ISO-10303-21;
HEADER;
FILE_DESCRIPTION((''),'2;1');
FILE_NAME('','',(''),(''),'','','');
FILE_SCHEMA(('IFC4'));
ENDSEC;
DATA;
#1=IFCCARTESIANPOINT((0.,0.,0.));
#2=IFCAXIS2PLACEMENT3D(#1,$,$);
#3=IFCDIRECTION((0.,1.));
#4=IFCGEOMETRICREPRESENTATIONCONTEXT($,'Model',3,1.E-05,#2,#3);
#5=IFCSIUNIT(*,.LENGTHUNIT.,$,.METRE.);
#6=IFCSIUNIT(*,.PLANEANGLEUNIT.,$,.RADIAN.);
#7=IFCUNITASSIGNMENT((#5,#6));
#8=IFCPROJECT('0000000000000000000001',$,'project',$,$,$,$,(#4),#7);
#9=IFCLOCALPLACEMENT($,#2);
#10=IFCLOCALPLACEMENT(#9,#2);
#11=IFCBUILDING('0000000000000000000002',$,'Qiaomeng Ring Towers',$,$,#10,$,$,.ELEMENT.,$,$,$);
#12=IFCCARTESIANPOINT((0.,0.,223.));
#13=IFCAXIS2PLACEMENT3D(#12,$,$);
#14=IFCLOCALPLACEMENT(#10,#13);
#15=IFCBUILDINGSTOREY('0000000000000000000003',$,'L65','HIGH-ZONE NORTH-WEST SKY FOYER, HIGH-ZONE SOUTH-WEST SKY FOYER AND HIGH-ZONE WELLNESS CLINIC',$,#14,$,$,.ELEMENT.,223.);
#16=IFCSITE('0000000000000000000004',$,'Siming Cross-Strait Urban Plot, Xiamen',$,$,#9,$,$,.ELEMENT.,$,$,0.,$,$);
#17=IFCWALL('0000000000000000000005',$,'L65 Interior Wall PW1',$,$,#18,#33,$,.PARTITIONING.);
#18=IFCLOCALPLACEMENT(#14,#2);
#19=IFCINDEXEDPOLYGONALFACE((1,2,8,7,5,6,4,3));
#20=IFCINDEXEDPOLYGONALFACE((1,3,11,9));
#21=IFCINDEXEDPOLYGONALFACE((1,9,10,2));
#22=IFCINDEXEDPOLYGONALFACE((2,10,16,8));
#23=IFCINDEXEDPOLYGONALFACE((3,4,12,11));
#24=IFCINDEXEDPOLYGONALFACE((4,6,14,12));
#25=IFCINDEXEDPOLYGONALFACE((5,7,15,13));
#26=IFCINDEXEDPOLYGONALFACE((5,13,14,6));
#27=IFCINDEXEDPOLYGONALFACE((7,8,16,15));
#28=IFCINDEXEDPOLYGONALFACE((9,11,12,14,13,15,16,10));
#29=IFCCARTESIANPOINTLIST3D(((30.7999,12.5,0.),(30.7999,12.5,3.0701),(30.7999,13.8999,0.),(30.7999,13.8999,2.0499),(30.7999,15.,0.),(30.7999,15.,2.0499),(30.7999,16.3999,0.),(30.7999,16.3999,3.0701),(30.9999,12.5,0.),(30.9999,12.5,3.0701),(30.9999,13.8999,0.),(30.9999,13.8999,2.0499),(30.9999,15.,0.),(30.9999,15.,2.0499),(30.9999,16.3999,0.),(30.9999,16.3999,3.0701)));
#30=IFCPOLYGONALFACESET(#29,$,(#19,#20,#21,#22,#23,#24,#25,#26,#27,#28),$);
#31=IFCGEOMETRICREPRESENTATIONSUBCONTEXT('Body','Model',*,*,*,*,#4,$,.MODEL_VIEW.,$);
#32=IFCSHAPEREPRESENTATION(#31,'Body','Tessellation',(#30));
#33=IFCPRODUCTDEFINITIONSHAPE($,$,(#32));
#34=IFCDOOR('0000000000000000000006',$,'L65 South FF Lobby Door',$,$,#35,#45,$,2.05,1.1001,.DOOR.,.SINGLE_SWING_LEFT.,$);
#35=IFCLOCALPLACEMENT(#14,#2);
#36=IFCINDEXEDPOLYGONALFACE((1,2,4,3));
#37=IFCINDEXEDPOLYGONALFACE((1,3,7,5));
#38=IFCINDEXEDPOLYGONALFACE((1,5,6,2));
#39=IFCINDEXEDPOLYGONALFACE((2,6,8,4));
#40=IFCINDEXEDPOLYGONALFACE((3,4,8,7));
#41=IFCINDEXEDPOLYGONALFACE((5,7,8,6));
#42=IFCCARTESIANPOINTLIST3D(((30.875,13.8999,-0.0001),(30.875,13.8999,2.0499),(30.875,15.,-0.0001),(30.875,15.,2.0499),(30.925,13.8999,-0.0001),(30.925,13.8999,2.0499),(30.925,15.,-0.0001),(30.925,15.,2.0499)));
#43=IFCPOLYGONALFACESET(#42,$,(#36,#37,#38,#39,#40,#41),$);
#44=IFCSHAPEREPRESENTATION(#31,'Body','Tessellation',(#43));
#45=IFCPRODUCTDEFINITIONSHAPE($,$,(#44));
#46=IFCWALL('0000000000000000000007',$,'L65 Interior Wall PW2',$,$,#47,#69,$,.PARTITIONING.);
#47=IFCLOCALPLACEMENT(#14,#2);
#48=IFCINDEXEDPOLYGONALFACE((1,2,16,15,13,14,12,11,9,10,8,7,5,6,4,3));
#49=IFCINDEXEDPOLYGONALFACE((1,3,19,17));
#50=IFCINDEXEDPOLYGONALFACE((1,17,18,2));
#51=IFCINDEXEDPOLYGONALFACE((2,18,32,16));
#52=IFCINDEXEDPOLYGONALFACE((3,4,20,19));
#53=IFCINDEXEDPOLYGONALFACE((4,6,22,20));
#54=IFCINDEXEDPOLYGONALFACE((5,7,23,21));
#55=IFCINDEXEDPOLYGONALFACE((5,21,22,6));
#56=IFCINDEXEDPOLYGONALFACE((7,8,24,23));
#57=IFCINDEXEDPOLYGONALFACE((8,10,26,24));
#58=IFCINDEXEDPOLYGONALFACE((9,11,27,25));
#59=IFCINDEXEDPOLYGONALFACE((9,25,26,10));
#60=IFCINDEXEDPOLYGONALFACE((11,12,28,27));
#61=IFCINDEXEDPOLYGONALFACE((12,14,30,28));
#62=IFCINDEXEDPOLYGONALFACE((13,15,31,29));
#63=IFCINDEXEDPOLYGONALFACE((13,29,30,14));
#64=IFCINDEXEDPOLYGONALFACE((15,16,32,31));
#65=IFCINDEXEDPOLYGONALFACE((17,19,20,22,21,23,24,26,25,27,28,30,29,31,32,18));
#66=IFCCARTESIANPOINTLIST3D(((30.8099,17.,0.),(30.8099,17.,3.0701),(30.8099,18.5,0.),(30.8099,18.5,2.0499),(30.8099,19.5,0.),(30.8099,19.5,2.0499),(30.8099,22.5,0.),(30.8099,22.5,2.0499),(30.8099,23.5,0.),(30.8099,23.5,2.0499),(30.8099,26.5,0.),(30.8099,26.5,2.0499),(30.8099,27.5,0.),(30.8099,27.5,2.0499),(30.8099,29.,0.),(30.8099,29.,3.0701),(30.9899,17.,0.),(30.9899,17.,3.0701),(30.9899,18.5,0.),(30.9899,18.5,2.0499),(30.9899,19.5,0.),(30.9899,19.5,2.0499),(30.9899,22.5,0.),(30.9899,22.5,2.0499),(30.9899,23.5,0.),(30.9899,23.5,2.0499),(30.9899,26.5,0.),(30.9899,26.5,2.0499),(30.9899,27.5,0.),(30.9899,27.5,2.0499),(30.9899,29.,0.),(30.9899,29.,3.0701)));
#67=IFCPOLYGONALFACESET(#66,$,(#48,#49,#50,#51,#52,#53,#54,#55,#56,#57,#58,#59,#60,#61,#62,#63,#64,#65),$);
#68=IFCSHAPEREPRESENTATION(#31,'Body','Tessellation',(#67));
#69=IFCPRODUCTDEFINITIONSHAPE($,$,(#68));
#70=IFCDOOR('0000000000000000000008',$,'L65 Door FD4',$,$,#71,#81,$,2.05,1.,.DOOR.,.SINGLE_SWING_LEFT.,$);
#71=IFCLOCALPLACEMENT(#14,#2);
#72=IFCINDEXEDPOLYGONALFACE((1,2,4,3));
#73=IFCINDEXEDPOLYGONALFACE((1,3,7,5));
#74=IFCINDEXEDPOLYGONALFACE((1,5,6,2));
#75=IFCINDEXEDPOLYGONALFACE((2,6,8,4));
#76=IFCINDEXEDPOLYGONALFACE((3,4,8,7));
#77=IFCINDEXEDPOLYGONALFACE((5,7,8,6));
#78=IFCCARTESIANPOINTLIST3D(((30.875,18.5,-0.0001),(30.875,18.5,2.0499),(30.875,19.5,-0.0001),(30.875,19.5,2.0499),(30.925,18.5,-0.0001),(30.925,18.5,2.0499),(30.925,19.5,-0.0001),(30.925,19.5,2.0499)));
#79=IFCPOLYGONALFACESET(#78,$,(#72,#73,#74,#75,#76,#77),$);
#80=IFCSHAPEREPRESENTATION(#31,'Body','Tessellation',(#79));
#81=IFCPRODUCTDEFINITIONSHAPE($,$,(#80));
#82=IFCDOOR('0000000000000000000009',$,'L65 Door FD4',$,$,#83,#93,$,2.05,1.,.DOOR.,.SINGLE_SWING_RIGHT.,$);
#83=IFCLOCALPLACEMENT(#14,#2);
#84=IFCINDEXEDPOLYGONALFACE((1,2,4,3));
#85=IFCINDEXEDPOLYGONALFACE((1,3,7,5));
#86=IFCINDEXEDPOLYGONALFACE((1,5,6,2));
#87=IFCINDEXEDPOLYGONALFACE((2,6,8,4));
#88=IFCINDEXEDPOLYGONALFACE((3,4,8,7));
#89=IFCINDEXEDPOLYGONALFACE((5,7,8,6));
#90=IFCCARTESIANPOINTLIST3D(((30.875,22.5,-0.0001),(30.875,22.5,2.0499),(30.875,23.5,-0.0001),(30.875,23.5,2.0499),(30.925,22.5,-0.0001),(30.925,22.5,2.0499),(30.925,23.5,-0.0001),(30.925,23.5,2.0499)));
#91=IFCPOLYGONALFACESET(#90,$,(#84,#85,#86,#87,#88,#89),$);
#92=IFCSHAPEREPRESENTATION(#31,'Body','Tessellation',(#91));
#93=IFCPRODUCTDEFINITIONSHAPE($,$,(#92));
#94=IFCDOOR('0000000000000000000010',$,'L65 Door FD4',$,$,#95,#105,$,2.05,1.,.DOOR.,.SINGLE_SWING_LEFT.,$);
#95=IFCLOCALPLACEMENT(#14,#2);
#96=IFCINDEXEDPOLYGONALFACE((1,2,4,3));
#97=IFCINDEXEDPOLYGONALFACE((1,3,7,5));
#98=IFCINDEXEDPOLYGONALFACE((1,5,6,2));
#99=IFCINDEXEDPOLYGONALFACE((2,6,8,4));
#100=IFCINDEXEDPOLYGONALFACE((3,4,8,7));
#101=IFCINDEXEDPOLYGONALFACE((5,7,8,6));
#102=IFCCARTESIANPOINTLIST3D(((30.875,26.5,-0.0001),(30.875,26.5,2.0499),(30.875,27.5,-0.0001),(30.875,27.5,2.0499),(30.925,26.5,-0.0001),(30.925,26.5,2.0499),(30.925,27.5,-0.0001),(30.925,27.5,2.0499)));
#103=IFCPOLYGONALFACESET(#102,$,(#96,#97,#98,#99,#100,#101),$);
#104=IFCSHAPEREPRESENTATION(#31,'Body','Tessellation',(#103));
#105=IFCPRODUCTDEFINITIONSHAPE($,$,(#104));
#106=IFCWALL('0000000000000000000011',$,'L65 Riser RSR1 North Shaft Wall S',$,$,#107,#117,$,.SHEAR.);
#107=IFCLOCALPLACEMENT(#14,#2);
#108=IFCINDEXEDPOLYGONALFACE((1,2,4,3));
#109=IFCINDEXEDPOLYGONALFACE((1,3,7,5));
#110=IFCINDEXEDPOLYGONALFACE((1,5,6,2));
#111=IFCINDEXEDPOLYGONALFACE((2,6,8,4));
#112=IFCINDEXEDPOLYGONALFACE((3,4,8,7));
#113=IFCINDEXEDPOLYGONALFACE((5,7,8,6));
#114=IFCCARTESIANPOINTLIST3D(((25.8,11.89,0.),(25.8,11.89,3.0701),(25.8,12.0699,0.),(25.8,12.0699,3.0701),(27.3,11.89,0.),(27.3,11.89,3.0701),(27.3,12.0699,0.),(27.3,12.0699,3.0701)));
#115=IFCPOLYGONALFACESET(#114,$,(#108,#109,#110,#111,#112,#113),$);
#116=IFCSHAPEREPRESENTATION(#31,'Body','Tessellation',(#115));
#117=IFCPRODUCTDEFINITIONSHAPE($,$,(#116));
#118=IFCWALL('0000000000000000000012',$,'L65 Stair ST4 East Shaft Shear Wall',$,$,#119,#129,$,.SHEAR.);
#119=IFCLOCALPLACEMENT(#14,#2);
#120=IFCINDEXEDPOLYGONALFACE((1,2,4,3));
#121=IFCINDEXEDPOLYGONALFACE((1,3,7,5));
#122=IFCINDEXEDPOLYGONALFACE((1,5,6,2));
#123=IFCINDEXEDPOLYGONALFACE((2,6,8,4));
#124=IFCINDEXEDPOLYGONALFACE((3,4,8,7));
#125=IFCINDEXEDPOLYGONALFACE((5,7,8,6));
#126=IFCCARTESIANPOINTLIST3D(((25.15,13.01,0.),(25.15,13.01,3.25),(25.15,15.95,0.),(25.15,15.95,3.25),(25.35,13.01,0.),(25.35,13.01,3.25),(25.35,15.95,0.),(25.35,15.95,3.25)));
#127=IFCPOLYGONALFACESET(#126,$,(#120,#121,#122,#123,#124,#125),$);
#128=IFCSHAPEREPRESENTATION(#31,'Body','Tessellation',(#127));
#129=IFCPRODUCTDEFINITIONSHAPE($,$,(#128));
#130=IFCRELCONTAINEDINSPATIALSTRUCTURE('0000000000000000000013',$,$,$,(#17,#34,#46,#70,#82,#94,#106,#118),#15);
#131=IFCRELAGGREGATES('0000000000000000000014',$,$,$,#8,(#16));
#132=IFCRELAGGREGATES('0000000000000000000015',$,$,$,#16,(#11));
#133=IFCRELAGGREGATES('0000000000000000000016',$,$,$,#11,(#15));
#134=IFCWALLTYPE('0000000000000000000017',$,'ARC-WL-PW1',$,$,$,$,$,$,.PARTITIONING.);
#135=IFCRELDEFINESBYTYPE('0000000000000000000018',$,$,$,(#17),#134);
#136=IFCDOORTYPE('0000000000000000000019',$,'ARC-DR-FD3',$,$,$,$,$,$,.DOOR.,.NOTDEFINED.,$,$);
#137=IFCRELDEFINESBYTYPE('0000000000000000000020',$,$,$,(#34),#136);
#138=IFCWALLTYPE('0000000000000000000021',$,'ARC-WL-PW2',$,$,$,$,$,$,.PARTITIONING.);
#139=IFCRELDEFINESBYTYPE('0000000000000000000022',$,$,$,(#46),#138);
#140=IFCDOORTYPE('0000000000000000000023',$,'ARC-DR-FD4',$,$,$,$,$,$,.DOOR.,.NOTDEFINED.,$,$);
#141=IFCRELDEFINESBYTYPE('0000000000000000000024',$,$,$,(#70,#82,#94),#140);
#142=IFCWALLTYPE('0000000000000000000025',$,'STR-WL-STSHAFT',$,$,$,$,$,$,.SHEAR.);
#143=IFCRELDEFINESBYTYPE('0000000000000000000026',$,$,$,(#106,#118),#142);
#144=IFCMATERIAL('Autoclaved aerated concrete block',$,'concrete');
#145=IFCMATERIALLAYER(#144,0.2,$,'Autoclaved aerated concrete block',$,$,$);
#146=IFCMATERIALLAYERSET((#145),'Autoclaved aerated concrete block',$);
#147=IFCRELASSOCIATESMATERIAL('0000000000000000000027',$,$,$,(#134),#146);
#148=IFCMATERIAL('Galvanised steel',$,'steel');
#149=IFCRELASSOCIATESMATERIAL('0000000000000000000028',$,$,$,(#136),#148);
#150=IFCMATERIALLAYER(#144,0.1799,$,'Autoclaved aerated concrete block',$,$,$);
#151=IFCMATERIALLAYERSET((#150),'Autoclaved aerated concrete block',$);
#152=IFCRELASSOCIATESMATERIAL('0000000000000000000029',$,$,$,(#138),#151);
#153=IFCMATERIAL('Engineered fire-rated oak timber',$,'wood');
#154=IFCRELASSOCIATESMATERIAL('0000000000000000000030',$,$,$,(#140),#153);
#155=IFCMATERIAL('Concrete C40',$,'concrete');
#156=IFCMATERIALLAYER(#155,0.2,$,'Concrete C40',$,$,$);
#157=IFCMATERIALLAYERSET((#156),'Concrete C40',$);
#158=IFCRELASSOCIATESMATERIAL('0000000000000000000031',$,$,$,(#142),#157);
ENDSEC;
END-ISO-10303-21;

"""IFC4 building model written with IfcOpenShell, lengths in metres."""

from ifc_helpers import new_model, si_unit, direction, frame, frame_2d, origin, place, context, subcontext, project, spatial, rectangle, extrude, source, transform, mapped, material, layer, layer_set, type_object, element, fill, save


model = new_model("IFC4")

# Units and contexts
model_context = context("Model", 3, precision=1e-05, world=origin(), true_north=direction((0.0, 1.0)))
body_context = subcontext(model_context, "Body", "Model", "MODEL_VIEW")
ifc_project = project(units=[si_unit("LENGTHUNIT", "METRE"), si_unit("PLANEANGLEUNIT", "RADIAN")], contexts=[model_context])

# Site, building, storey
site_placement = place(None, origin())
site = spatial("IfcSite", under=ifc_project, at=site_placement, Name="Siming Cross-Strait Urban Plot, Xiamen", CompositionType="ELEMENT", RefElevation=0.0)
building_placement = place(site_placement, origin())
building = spatial("IfcBuilding", under=site, at=building_placement, Name="Qiaomeng Ring Towers", CompositionType="ELEMENT")
storey_placement = place(building_placement, frame((0.0, 0.0, 223.0)))
storey = spatial("IfcBuildingStorey", under=building, at=storey_placement, Name="L65", Description="HIGH-ZONE NORTH-WEST SKY FOYER, HIGH-ZONE SOUTH-WEST SKY FOYER AND HIGH-ZONE WELLNESS CLINIC", CompositionType="ELEMENT", Elevation=223.0)

# Shared definitions
ifc_material_1 = material(Name="Concrete C40", Category="concrete")

# Shared definitions
ifc_material_2 = material(Name="Autoclaved aerated concrete block", Category="concrete")
ifc_layer_1 = layer(ifc_material_2, 0.2, Name="Autoclaved aerated concrete block")
ifc_layer_set_1 = layer_set([ifc_layer_1], Name="Autoclaved aerated concrete block")
wall_type_1 = type_object("IfcWallType", Name="ARC-WL-PW1", PredefinedType="PARTITIONING", material=ifc_layer_set_1)

# Wall, opening, door
wall_1_placement = place(storey_placement, frame((30.8999, 12.5, 0.0), z_axis=(0.0, 0.0, 1.0), x_axis=(0.0, 1.0, 0.0)))
wall_1 = element("IfcWall", 1, at=wall_1_placement, inside=storey, type_object=wall_type_1, Name="L65 Interior Wall PW1", PredefinedType="PARTITIONING", context=body_context, shape_type="SweptSolid", body=[
    extrude(rectangle(XDim=3.8999, YDim=0.2, at=frame_2d((1.95, 0.0))), origin(), (0.0, 0.0, 1.0), 3.0701),
])
opening_1_placement = place(wall_1_placement, frame((1.3999, 0.0, 0.0)))
opening_1 = element("IfcOpeningElement", 2, at=opening_1_placement, cuts=wall_1, PredefinedType="OPENING", context=body_context, shape_type="SweptSolid", body=[
    extrude(rectangle(XDim=1.1001, YDim=2.05, at=frame_2d((0.55, 1.0249))), frame((0.0, 0.1099, 0.0), z_axis=(0.0, -1.0, 0.0), x_axis=(1.0, 0.0, 0.0)), (0.0, 0.0, 1.0), 0.22),
])
ifc_material_3 = material(Name="Galvanised steel", Category="steel")
door_type_1 = type_object("IfcDoorType", Name="ARC-DR-FD3", OperationType="NOTDEFINED", PredefinedType="DOOR", material=ifc_material_3)
shared_shape_1 = source(origin(), body_context, "Body", "SweptSolid", [
    extrude(rectangle(XDim=1.1001, YDim=2.05, at=frame_2d((0.55, 1.0249))), frame((0.0, 0.0249, 0.0), z_axis=(0.0, -1.0, 0.0), x_axis=(1.0, 0.0, 0.0)), (0.0, 0.0, 1.0), 0.05),
])
door_1_placement = place(opening_1_placement, origin())
door_1 = element("IfcDoor", 3, at=door_1_placement, inside=storey, type_object=door_type_1, Name="L65 South FF Lobby Door", OperationType="SINGLE_SWING_LEFT", OverallHeight=2.05, OverallWidth=1.1001, PredefinedType="DOOR", context=body_context, shape_type="MappedRepresentation", body=[
    mapped(shared_shape_1, transform((0.0, 0.0, 0.0), x_axis=(1.0, 0.0, 0.0), y_axis=(0.0, 1.0, 0.0), z_axis=(0.0, 0.0, 1.0), scale=1.0)),
])
fill(opening_1, door_1)

# Wall, openings, doors
ifc_layer_2 = layer(ifc_material_2, 0.1799, Name="Autoclaved aerated concrete block")
ifc_layer_set_2 = layer_set([ifc_layer_2], Name="Autoclaved aerated concrete block")
wall_type_2 = type_object("IfcWallType", Name="ARC-WL-PW2", PredefinedType="PARTITIONING", material=ifc_layer_set_2)
wall_2_placement = place(storey_placement, frame((30.8999, 17.0, 0.0), z_axis=(0.0, 0.0, 1.0), x_axis=(0.0, 1.0, 0.0)))
wall_2 = element("IfcWall", 4, at=wall_2_placement, inside=storey, type_object=wall_type_2, Name="L65 Interior Wall PW2", PredefinedType="PARTITIONING", context=body_context, shape_type="SweptSolid", body=[
    extrude(rectangle(XDim=12.0, YDim=0.1799, at=frame_2d((6.0, 0.0))), origin(), (0.0, 0.0, 1.0), 3.0701),
])
opening_2_placement = place(wall_2_placement, frame((1.5, 0.0, 0.0)))
opening_2 = element("IfcOpeningElement", 5, at=opening_2_placement, cuts=wall_2, PredefinedType="OPENING", context=body_context, shape_type="SweptSolid", body=[
    extrude(rectangle(XDim=1.0, YDim=2.05, at=frame_2d((0.5, 1.0249))), frame((0.0, 0.0999, 0.0), z_axis=(0.0, -1.0, 0.0), x_axis=(1.0, 0.0, 0.0)), (0.0, 0.0, 1.0), 0.2),
])
opening_3_placement = place(wall_2_placement, frame((5.5, 0.0, 0.0)))
opening_3 = element("IfcOpeningElement", 6, at=opening_3_placement, cuts=wall_2, PredefinedType="OPENING", context=body_context, shape_type="SweptSolid", body=[
    extrude(rectangle(XDim=1.0, YDim=2.05, at=frame_2d((0.5, 1.0249))), frame((0.0, 0.0999, 0.0), z_axis=(0.0, -1.0, 0.0), x_axis=(1.0, 0.0, 0.0)), (0.0, 0.0, 1.0), 0.2),
])
opening_4_placement = place(wall_2_placement, frame((9.5, 0.0, 0.0)))
opening_4 = element("IfcOpeningElement", 7, at=opening_4_placement, cuts=wall_2, PredefinedType="OPENING", context=body_context, shape_type="SweptSolid", body=[
    extrude(rectangle(XDim=1.0, YDim=2.05, at=frame_2d((0.5, 1.0249))), frame((0.0, 0.0999, 0.0), z_axis=(0.0, -1.0, 0.0), x_axis=(1.0, 0.0, 0.0)), (0.0, 0.0, 1.0), 0.2),
])
ifc_material_4 = material(Name="Engineered fire-rated oak timber", Category="wood")
door_type_2 = type_object("IfcDoorType", Name="ARC-DR-FD4", OperationType="NOTDEFINED", PredefinedType="DOOR", material=ifc_material_4)
shared_shape_2 = source(origin(), body_context, "Body", "SweptSolid", [
    extrude(rectangle(XDim=1.0, YDim=2.05, at=frame_2d((0.5, 1.0249))), frame((0.0, 0.0249, 0.0), z_axis=(0.0, -1.0, 0.0), x_axis=(1.0, 0.0, 0.0)), (0.0, 0.0, 1.0), 0.05),
])
door_2_placement = place(opening_2_placement, origin())
door_2 = element("IfcDoor", 8, at=door_2_placement, inside=storey, type_object=door_type_2, Name="L65 Door FD4", OperationType="SINGLE_SWING_LEFT", OverallHeight=2.05, OverallWidth=1.0, PredefinedType="DOOR", context=body_context, shape_type="MappedRepresentation", body=[
    mapped(shared_shape_2, transform((0.0, 0.0, 0.0), x_axis=(1.0, 0.0, 0.0), y_axis=(0.0, 1.0, 0.0), z_axis=(0.0, 0.0, 1.0), scale=1.0)),
])
fill(opening_2, door_2)
door_3_placement = place(opening_3_placement, origin())
door_3 = element("IfcDoor", 9, at=door_3_placement, inside=storey, type_object=door_type_2, Name="L65 Door FD4", OperationType="SINGLE_SWING_RIGHT", OverallHeight=2.05, OverallWidth=1.0, PredefinedType="DOOR", context=body_context, shape_type="MappedRepresentation", body=[
    mapped(shared_shape_2, transform((0.0, 0.0, 0.0), x_axis=(1.0, 0.0, 0.0), y_axis=(0.0, 1.0, 0.0), z_axis=(0.0, 0.0, 1.0), scale=1.0)),
])
fill(opening_3, door_3)
door_4_placement = place(opening_4_placement, origin())
door_4 = element("IfcDoor", 10, at=door_4_placement, inside=storey, type_object=door_type_2, Name="L65 Door FD4", OperationType="SINGLE_SWING_LEFT", OverallHeight=2.05, OverallWidth=1.0, PredefinedType="DOOR", context=body_context, shape_type="MappedRepresentation", body=[
    mapped(shared_shape_2, transform((0.0, 0.0, 0.0), x_axis=(1.0, 0.0, 0.0), y_axis=(0.0, 1.0, 0.0), z_axis=(0.0, 0.0, 1.0), scale=1.0)),
])
fill(opening_4, door_4)

# Walls
ifc_layer_3 = layer(ifc_material_1, 0.2, Name="Concrete C40")
ifc_layer_set_3 = layer_set([ifc_layer_3], Name="Concrete C40")
wall_type_3 = type_object("IfcWallType", Name="STR-WL-STSHAFT", PredefinedType="SHEAR", material=ifc_layer_set_3)
wall_3_placement = place(storey_placement, frame((25.8, 11.98, 0.0), z_axis=(0.0, 0.0, 1.0), x_axis=(1.0, 0.0, 0.0)))
element("IfcWall", 11, at=wall_3_placement, inside=storey, type_object=wall_type_3, Name="L65 Riser RSR1 North Shaft Wall S", PredefinedType="SHEAR", context=body_context, shape_type="SweptSolid", body=[
    extrude(rectangle(XDim=1.5, YDim=0.1799, at=frame_2d((0.75, 0.0))), origin(), (0.0, 0.0, 1.0), 3.0701),
])
wall_4_placement = place(storey_placement, frame((25.25, 13.01, 0.0), z_axis=(0.0, 0.0, 1.0), x_axis=(0.0, 1.0, 0.0)))
element("IfcWall", 12, at=wall_4_placement, inside=storey, type_object=wall_type_3, Name="L65 Stair ST4 East Shaft Shear Wall", PredefinedType="SHEAR", context=body_context, shape_type="SweptSolid", body=[
    extrude(rectangle(XDim=2.9399, YDim=0.2, at=frame_2d((1.47, 0.0))), origin(), (0.0, 0.0, 1.0), 3.25),
])

save(model, "model.ifc")
